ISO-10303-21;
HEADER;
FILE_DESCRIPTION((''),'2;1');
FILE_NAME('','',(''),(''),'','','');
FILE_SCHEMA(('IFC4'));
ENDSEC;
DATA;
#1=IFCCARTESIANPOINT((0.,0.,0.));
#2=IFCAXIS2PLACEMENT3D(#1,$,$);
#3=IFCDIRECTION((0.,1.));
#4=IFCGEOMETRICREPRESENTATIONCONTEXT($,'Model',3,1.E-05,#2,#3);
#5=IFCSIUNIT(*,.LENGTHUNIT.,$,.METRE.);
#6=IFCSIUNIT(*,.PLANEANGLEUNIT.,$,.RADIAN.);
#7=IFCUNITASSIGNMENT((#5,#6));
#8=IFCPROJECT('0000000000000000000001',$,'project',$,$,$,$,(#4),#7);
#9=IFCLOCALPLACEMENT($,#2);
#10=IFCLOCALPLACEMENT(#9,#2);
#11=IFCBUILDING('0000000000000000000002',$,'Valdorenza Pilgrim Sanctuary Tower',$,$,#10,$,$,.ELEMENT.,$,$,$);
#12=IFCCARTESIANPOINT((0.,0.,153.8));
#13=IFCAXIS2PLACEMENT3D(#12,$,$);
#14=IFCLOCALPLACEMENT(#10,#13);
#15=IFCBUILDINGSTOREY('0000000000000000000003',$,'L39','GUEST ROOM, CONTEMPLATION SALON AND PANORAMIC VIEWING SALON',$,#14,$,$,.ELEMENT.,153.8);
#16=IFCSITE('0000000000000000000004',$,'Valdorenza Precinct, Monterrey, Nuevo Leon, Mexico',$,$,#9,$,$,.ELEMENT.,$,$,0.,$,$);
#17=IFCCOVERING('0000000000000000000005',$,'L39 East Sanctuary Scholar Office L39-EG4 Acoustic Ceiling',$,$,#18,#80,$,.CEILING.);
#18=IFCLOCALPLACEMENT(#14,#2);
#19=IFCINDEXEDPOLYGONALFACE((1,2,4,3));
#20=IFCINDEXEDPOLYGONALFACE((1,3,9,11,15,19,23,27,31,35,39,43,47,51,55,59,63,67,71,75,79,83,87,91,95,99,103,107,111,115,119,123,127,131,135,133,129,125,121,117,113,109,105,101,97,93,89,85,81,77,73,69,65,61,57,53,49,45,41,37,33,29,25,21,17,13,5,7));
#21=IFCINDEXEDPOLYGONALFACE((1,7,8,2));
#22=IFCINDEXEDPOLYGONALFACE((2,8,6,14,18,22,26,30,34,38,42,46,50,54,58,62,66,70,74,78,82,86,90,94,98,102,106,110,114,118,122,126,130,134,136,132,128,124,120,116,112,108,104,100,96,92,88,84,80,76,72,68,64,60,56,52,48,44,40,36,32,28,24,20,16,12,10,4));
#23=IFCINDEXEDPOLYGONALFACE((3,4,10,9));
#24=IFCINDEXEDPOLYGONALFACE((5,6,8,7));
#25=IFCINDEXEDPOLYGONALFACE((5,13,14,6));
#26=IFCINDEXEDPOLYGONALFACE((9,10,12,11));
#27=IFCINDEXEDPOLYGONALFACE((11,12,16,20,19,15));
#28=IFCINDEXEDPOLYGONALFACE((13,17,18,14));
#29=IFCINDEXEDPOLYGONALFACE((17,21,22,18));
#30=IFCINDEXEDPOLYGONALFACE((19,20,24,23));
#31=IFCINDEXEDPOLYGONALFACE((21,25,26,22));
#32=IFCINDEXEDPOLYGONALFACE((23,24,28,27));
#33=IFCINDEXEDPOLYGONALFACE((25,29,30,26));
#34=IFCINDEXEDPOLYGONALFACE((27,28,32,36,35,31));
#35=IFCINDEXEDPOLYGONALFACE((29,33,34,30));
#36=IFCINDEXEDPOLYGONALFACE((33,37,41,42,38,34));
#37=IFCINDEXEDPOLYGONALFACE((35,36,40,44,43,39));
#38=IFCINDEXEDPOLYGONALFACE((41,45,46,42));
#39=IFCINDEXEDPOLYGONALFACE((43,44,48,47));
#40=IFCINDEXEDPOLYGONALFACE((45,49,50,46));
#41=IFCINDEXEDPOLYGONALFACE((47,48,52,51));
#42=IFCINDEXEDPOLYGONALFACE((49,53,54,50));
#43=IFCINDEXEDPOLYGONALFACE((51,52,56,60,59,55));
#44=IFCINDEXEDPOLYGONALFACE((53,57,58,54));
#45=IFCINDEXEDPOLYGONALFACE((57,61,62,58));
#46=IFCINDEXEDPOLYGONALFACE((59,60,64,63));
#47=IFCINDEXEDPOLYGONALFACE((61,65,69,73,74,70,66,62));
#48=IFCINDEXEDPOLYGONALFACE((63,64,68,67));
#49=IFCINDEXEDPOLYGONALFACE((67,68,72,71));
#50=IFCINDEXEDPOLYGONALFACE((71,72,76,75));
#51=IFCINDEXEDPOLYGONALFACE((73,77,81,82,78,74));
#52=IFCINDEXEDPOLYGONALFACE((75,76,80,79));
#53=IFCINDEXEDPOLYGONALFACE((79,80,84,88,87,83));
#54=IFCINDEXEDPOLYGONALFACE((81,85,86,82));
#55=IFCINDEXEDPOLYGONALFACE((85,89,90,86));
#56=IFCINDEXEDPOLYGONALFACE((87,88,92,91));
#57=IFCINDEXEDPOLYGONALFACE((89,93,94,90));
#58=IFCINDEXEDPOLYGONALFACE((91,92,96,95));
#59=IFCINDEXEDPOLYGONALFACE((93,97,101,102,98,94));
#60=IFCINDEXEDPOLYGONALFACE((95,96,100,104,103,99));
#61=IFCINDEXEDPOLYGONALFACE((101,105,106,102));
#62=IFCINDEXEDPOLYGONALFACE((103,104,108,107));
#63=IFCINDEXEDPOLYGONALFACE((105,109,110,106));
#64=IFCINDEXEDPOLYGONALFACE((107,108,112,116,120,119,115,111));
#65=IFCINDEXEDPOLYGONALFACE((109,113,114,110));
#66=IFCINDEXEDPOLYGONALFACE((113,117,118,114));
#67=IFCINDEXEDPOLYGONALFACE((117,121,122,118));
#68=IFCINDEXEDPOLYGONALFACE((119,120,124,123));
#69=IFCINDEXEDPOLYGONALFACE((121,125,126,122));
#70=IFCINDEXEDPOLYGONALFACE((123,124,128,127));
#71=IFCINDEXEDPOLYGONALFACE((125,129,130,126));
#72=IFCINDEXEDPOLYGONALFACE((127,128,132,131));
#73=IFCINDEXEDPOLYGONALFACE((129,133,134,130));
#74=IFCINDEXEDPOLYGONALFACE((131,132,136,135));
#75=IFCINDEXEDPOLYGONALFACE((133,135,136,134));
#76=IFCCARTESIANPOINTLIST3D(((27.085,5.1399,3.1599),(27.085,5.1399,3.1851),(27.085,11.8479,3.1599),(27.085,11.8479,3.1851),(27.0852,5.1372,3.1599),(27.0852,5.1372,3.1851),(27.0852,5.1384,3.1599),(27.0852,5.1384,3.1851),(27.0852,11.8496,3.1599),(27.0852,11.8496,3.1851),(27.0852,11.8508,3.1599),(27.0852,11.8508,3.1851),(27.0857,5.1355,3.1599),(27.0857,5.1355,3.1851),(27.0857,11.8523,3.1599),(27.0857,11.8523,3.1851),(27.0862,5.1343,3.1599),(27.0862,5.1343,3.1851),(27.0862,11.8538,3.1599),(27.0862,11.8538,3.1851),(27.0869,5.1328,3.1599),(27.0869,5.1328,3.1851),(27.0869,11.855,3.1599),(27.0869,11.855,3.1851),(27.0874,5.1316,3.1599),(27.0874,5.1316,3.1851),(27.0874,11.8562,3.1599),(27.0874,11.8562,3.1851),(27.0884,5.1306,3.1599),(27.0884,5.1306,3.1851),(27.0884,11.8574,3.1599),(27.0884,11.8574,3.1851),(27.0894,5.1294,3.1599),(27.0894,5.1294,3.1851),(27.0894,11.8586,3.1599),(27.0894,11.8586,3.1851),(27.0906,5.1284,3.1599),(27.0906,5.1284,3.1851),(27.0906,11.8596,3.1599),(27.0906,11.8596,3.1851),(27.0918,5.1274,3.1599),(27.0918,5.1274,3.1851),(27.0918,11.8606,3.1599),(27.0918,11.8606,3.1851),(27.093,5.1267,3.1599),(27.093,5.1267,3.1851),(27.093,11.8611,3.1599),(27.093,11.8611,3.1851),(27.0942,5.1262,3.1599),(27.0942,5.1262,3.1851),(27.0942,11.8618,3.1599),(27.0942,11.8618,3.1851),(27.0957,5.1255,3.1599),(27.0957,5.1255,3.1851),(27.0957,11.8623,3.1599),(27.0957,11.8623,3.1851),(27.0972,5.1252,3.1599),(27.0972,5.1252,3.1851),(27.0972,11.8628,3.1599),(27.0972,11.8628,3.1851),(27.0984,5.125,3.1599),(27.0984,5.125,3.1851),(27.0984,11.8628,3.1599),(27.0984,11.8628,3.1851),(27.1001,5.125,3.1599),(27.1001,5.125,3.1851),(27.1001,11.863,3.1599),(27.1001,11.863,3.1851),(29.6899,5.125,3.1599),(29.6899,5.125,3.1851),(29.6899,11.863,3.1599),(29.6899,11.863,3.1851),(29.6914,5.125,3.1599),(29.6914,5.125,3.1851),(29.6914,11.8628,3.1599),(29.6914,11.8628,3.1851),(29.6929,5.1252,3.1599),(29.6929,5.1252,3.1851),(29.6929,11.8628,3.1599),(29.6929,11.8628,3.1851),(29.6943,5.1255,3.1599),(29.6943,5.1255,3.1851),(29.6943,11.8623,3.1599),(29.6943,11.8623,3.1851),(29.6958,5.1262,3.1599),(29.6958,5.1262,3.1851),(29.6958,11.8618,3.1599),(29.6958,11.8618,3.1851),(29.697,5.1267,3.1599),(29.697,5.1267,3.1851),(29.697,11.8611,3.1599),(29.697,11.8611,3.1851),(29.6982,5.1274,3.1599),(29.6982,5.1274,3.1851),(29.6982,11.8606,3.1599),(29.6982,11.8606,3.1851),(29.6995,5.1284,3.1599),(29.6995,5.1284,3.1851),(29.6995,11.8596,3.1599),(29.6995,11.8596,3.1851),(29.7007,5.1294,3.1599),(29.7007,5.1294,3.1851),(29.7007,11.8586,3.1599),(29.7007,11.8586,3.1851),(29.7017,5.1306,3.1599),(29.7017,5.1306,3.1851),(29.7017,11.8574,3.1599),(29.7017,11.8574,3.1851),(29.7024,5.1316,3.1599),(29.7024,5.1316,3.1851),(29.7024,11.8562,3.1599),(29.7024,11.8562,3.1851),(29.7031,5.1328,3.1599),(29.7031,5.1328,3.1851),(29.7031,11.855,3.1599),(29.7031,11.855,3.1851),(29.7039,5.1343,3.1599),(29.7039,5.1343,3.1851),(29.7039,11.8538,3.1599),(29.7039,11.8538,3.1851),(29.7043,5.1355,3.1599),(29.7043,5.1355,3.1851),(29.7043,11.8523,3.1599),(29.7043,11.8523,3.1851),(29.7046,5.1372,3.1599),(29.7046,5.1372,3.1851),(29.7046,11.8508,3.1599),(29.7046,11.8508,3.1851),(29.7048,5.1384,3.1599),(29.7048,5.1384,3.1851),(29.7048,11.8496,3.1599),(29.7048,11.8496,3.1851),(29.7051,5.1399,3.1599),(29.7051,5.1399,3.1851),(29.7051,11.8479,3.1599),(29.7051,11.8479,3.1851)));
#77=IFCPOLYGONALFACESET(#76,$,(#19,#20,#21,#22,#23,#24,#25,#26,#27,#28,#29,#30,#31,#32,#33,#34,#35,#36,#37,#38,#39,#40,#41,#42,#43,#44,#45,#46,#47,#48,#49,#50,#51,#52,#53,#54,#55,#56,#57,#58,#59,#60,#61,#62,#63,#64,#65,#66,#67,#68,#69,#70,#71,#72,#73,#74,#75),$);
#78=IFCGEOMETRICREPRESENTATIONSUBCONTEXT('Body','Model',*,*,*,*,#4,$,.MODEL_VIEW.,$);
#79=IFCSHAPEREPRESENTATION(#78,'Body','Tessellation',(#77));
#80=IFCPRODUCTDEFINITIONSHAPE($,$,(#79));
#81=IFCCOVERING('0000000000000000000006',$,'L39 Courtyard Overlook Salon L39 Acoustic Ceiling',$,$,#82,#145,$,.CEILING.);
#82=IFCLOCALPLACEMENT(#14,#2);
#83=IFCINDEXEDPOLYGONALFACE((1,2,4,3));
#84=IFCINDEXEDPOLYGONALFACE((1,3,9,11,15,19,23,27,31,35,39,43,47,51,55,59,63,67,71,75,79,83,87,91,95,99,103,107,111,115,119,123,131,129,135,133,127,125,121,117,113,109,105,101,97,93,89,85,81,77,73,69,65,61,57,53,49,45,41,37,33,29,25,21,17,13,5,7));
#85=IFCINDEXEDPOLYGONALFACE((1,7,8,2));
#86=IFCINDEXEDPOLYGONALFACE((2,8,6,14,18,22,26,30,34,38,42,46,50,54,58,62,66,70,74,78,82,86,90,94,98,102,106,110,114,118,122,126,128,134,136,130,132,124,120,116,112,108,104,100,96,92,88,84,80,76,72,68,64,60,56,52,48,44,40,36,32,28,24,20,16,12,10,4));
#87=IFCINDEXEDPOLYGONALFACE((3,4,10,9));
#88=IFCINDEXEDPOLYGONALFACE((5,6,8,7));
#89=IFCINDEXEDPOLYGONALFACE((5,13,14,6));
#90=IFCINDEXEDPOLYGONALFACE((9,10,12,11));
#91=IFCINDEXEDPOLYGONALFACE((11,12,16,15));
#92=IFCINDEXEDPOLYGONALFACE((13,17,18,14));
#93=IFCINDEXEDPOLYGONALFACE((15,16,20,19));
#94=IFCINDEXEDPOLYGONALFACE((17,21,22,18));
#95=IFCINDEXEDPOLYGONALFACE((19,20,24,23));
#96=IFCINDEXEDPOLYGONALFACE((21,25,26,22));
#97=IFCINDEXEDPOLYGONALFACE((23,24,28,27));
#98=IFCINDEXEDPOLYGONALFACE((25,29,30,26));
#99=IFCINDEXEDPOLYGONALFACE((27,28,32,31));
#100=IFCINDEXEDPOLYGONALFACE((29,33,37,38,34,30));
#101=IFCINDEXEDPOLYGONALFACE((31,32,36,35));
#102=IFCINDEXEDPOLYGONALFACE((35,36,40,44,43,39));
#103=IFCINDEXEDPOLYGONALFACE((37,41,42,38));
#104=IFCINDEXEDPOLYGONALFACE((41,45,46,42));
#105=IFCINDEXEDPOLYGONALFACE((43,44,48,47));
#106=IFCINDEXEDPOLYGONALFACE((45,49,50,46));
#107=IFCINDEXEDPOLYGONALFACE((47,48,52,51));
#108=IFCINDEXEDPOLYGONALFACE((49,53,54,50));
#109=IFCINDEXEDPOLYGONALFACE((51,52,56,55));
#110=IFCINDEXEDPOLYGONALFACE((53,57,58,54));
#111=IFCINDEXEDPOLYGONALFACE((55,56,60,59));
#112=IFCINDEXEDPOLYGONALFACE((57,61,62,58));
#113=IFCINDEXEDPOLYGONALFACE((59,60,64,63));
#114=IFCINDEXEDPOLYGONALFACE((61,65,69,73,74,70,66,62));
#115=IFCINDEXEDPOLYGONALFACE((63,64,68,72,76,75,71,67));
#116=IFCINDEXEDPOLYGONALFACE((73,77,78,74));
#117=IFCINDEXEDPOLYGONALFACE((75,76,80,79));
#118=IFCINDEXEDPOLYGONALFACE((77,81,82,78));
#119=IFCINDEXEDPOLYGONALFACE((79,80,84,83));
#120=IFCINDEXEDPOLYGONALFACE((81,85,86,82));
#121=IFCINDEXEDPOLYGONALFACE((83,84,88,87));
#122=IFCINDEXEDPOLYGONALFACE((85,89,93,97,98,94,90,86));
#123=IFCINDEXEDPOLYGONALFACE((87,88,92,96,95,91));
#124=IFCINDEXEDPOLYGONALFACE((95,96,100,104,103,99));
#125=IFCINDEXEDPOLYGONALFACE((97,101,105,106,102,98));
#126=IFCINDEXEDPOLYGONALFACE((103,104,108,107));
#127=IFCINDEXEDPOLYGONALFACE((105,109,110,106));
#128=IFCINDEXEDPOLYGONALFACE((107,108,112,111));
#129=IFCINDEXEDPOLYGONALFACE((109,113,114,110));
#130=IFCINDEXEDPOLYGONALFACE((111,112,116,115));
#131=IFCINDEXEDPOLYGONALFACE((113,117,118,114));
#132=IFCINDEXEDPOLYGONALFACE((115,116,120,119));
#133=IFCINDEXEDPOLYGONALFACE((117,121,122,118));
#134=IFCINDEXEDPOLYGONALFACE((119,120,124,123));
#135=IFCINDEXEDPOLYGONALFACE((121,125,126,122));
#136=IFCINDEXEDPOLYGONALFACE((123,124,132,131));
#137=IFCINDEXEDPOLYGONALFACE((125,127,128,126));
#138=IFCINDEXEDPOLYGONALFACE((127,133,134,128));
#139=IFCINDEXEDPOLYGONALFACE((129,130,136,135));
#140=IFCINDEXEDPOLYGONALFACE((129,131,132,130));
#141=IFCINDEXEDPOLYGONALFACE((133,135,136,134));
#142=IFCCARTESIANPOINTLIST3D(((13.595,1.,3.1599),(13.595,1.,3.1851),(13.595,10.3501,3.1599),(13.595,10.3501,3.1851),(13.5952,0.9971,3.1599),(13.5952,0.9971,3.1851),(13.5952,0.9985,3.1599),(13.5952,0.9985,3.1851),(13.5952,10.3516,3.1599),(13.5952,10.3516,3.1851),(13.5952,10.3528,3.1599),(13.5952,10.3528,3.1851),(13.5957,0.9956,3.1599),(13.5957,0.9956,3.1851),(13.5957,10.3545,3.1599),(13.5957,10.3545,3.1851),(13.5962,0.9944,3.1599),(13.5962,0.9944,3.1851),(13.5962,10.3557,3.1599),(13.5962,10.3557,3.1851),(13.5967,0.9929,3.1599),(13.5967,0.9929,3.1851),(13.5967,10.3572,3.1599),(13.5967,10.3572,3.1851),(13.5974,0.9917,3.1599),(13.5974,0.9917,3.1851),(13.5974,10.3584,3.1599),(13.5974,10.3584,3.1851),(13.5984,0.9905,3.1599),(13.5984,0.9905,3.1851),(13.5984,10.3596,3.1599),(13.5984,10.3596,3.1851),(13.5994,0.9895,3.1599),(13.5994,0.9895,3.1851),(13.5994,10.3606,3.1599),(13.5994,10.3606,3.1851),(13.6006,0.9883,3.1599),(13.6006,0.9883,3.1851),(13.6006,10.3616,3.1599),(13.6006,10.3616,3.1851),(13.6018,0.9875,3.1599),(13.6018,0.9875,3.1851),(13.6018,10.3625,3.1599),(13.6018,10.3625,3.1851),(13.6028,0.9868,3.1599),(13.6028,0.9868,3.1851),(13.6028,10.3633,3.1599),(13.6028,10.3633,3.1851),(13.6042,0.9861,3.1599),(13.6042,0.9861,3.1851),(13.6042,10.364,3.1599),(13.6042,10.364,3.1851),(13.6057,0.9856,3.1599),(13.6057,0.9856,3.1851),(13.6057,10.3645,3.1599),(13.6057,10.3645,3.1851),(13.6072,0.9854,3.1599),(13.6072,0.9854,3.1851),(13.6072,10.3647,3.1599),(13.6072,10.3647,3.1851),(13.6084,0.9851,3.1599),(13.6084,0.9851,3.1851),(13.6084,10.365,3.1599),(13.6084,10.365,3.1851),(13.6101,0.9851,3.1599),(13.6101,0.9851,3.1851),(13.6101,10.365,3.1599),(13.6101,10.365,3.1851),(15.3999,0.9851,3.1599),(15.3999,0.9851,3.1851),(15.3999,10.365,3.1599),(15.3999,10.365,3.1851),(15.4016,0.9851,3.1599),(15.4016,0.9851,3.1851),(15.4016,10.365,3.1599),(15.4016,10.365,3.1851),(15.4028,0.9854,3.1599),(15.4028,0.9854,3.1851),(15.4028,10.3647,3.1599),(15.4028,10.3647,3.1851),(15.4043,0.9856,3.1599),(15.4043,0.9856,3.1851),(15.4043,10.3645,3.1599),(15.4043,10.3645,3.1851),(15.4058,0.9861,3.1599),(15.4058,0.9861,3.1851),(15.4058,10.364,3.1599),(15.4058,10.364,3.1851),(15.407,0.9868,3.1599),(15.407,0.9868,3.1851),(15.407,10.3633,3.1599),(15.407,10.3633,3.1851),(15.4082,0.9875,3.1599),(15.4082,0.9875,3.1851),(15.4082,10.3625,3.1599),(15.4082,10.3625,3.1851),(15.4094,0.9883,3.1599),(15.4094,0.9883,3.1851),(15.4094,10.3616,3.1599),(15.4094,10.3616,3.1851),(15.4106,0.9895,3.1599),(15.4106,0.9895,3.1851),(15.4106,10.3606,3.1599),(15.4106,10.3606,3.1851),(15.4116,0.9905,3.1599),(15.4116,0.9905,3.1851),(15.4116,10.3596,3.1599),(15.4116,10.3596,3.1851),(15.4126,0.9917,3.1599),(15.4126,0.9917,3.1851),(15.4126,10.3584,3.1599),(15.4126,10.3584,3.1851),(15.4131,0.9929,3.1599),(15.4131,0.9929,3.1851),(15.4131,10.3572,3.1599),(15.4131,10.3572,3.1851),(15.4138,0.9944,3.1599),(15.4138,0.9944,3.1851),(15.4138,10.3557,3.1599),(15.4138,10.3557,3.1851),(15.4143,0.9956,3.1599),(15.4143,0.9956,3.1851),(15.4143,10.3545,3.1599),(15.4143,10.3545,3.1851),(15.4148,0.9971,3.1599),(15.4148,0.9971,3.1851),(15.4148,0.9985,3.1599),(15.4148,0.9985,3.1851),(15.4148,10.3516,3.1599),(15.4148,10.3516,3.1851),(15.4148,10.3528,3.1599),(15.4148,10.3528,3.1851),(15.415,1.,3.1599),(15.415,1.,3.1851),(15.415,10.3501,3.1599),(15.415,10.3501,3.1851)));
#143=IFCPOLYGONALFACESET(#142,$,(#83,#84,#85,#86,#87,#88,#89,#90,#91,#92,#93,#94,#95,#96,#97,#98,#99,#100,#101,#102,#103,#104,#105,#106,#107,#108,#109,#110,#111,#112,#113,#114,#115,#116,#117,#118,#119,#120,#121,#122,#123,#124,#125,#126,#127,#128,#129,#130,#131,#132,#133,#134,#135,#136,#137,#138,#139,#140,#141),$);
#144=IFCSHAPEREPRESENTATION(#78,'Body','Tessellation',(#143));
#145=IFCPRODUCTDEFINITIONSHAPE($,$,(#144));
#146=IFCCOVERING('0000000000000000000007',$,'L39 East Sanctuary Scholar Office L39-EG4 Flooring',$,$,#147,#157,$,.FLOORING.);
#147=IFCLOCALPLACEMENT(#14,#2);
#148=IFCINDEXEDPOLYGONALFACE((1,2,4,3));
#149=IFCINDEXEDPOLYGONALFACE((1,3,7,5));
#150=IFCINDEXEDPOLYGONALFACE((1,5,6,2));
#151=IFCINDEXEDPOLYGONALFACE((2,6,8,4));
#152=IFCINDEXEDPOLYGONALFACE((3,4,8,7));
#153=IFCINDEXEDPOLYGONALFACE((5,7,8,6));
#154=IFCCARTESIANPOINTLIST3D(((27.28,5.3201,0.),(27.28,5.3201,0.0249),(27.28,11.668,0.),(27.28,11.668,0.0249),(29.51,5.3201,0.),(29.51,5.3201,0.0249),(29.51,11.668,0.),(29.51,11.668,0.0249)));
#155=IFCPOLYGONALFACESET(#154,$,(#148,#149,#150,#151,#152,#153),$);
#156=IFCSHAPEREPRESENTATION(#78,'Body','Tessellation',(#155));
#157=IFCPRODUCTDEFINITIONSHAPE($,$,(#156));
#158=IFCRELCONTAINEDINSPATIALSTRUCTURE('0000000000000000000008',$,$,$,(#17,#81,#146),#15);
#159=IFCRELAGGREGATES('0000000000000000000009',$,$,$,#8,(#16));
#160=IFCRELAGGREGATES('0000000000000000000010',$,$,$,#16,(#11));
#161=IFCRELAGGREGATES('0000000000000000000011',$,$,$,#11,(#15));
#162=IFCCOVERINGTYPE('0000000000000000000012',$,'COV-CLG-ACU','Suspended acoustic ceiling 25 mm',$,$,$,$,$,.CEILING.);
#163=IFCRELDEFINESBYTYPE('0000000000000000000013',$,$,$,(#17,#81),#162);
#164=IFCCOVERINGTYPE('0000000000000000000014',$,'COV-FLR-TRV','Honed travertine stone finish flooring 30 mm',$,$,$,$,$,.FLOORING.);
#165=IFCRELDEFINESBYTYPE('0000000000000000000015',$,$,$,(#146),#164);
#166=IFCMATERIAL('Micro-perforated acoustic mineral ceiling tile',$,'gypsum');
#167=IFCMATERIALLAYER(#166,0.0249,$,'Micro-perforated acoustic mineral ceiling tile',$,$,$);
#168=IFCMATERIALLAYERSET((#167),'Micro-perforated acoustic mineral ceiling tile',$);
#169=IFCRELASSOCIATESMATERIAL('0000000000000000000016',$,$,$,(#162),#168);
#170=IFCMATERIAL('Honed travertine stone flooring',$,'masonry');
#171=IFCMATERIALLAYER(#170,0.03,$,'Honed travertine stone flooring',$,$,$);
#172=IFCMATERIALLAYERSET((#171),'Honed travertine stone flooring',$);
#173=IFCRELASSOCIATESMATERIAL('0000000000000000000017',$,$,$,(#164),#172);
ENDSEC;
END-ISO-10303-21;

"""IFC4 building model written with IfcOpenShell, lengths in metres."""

from ifc_helpers import new_model, si_unit, direction, frame, origin, place, context, subcontext, project, spatial, polyline, outline, extrude, material, layer, layer_set, type_object, element, save


model = new_model("IFC4")

# Units and contexts
model_context = context("Model", 3, precision=1e-05, world=origin(), true_north=direction((0.0, 1.0)))
body_context = subcontext(model_context, "Body", "Model", "MODEL_VIEW")
ifc_project = project(units=[si_unit("LENGTHUNIT", "METRE"), si_unit("PLANEANGLEUNIT", "RADIAN")], contexts=[model_context])

# Site, building, storey
site_placement = place(None, origin())
site = spatial("IfcSite", under=ifc_project, at=site_placement, Name="Valdorenza Precinct, Monterrey, Nuevo Leon, Mexico", CompositionType="ELEMENT", RefElevation=0.0)
building_placement = place(site_placement, origin())
building = spatial("IfcBuilding", under=site, at=building_placement, Name="Valdorenza Pilgrim Sanctuary Tower", CompositionType="ELEMENT")
storey_placement = place(building_placement, frame((0.0, 0.0, 153.8)))
storey = spatial("IfcBuildingStorey", under=building, at=storey_placement, Name="L39", Description="GUEST ROOM, CONTEMPLATION SALON AND PANORAMIC VIEWING SALON", CompositionType="ELEMENT", Elevation=153.8)

# Coverings
ifc_material_1 = material(Name="Micro-perforated acoustic mineral ceiling tile", Category="gypsum")
ifc_layer_1 = layer(ifc_material_1, 0.0249, Name="Micro-perforated acoustic mineral ceiling tile")
ifc_layer_set_1 = layer_set([ifc_layer_1], Name="Micro-perforated acoustic mineral ceiling tile")
covering_type_1 = type_object("IfcCoveringType", Name="COV-CLG-ACU", Description="Suspended acoustic ceiling 25 mm", PredefinedType="CEILING", material=ifc_layer_set_1)
covering_1_placement = place(storey_placement, frame((0.0, 0.0, 3.1599)))
element("IfcCovering", 1, at=covering_1_placement, inside=storey, type_object=covering_type_1, Name="L39 East Sanctuary Scholar Office L39-EG4 Acoustic Ceiling", PredefinedType="CEILING", context=body_context, shape_type="SweptSolid", body=[
    extrude(outline(polyline([(27.085, 11.8479), (27.0852, 11.8496), (27.0852, 11.8508), (27.0857, 11.8523), (27.0862, 11.8538), (27.0869, 11.855), (27.0874, 11.8562), (27.0884, 11.8574), (27.0894, 11.8586), (27.0906, 11.8596), (27.0918, 11.8606), (27.093, 11.8611), (27.0942, 11.8618), (27.0957, 11.8623), (27.0972, 11.8628), (27.0984, 11.8628), (27.1001, 11.863), (29.6899, 11.863), (29.6914, 11.8628), (29.6929, 11.8628), (29.6943, 11.8623), (29.6958, 11.8618), (29.697, 11.8611), (29.6982, 11.8606), (29.6995, 11.8596), (29.7007, 11.8586), (29.7017, 11.8574), (29.7024, 11.8562), (29.7031, 11.855), (29.7039, 11.8538), (29.7043, 11.8523), (29.7046, 11.8508), (29.7048, 11.8496), (29.7051, 11.8479), (29.7051, 5.1399), (29.7048, 5.1384), (29.7046, 5.1372), (29.7043, 5.1355), (29.7039, 5.1343), (29.7031, 5.1328), (29.7024, 5.1316), (29.7017, 5.1306), (29.7007, 5.1294), (29.6995, 5.1284), (29.6982, 5.1274), (29.697, 5.1267), (29.6958, 5.1262), (29.6943, 5.1255), (29.6929, 5.1252), (29.6914, 5.125), (29.6899, 5.125), (27.1001, 5.125), (27.0984, 5.125), (27.0972, 5.1252), (27.0957, 5.1255), (27.0942, 5.1262), (27.093, 5.1267), (27.0918, 5.1274), (27.0906, 5.1284), (27.0894, 5.1294), (27.0884, 5.1306), (27.0874, 5.1316), (27.0869, 5.1328), (27.0862, 5.1343), (27.0857, 5.1355), (27.0852, 5.1372), (27.0852, 5.1384), (27.085, 5.1399), (27.085, 11.8479)])), origin(), (0.0, 0.0, 1.0), 0.0251),
])
covering_2_placement = place(storey_placement, frame((0.0, 0.0, 3.1599)))
element("IfcCovering", 2, at=covering_2_placement, inside=storey, type_object=covering_type_1, Name="L39 Courtyard Overlook Salon L39 Acoustic Ceiling", PredefinedType="CEILING", context=body_context, shape_type="SweptSolid", body=[
    extrude(outline(polyline([(15.415, 1.0), (15.4148, 0.9985), (15.4148, 0.9971), (15.4143, 0.9956), (15.4138, 0.9944), (15.4131, 0.9929), (15.4126, 0.9917), (15.4116, 0.9905), (15.4106, 0.9895), (15.4094, 0.9883), (15.4082, 0.9875), (15.407, 0.9868), (15.4058, 0.9861), (15.4043, 0.9856), (15.4028, 0.9854), (15.4016, 0.9851), (15.3999, 0.9851), (13.6101, 0.9851), (13.6084, 0.9851), (13.6072, 0.9854), (13.6057, 0.9856), (13.6042, 0.9861), (13.6028, 0.9868), (13.6018, 0.9875), (13.6006, 0.9883), (13.5994, 0.9895), (13.5984, 0.9905), (13.5974, 0.9917), (13.5967, 0.9929), (13.5962, 0.9944), (13.5957, 0.9956), (13.5952, 0.9971), (13.5952, 0.9985), (13.595, 1.0), (13.595, 10.3501), (13.5952, 10.3516), (13.5952, 10.3528), (13.5957, 10.3545), (13.5962, 10.3557), (13.5967, 10.3572), (13.5974, 10.3584), (13.5984, 10.3596), (13.5994, 10.3606), (13.6006, 10.3616), (13.6018, 10.3625), (13.6028, 10.3633), (13.6042, 10.364), (13.6057, 10.3645), (13.6072, 10.3647), (13.6084, 10.365), (13.6101, 10.365), (15.3999, 10.365), (15.4016, 10.365), (15.4028, 10.3647), (15.4043, 10.3645), (15.4058, 10.364), (15.407, 10.3633), (15.4082, 10.3625), (15.4094, 10.3616), (15.4106, 10.3606), (15.4116, 10.3596), (15.4126, 10.3584), (15.4131, 10.3572), (15.4138, 10.3557), (15.4143, 10.3545), (15.4148, 10.3528), (15.4148, 10.3516), (15.415, 10.3501), (15.415, 1.0)])), origin(), (0.0, 0.0, 1.0), 0.0251),
])
ifc_material_2 = material(Name="Honed travertine stone flooring", Category="masonry")
ifc_layer_2 = layer(ifc_material_2, 0.03, Name="Honed travertine stone flooring")
ifc_layer_set_2 = layer_set([ifc_layer_2], Name="Honed travertine stone flooring")
covering_type_2 = type_object("IfcCoveringType", Name="COV-FLR-TRV", Description="Honed travertine stone finish flooring 30 mm", PredefinedType="FLOORING", material=ifc_layer_set_2)
covering_3_placement = place(storey_placement, origin())
element("IfcCovering", 3, at=covering_3_placement, inside=storey, type_object=covering_type_2, Name="L39 East Sanctuary Scholar Office L39-EG4 Flooring", PredefinedType="FLOORING", context=body_context, shape_type="SweptSolid", body=[
    extrude(outline(polyline([(27.28, 11.668), (29.51, 11.668), (29.51, 5.3201), (27.28, 5.3201), (27.28, 11.668)])), origin(), (0.0, 0.0, 1.0), 0.0249),
])

save(model, "model.ifc")
